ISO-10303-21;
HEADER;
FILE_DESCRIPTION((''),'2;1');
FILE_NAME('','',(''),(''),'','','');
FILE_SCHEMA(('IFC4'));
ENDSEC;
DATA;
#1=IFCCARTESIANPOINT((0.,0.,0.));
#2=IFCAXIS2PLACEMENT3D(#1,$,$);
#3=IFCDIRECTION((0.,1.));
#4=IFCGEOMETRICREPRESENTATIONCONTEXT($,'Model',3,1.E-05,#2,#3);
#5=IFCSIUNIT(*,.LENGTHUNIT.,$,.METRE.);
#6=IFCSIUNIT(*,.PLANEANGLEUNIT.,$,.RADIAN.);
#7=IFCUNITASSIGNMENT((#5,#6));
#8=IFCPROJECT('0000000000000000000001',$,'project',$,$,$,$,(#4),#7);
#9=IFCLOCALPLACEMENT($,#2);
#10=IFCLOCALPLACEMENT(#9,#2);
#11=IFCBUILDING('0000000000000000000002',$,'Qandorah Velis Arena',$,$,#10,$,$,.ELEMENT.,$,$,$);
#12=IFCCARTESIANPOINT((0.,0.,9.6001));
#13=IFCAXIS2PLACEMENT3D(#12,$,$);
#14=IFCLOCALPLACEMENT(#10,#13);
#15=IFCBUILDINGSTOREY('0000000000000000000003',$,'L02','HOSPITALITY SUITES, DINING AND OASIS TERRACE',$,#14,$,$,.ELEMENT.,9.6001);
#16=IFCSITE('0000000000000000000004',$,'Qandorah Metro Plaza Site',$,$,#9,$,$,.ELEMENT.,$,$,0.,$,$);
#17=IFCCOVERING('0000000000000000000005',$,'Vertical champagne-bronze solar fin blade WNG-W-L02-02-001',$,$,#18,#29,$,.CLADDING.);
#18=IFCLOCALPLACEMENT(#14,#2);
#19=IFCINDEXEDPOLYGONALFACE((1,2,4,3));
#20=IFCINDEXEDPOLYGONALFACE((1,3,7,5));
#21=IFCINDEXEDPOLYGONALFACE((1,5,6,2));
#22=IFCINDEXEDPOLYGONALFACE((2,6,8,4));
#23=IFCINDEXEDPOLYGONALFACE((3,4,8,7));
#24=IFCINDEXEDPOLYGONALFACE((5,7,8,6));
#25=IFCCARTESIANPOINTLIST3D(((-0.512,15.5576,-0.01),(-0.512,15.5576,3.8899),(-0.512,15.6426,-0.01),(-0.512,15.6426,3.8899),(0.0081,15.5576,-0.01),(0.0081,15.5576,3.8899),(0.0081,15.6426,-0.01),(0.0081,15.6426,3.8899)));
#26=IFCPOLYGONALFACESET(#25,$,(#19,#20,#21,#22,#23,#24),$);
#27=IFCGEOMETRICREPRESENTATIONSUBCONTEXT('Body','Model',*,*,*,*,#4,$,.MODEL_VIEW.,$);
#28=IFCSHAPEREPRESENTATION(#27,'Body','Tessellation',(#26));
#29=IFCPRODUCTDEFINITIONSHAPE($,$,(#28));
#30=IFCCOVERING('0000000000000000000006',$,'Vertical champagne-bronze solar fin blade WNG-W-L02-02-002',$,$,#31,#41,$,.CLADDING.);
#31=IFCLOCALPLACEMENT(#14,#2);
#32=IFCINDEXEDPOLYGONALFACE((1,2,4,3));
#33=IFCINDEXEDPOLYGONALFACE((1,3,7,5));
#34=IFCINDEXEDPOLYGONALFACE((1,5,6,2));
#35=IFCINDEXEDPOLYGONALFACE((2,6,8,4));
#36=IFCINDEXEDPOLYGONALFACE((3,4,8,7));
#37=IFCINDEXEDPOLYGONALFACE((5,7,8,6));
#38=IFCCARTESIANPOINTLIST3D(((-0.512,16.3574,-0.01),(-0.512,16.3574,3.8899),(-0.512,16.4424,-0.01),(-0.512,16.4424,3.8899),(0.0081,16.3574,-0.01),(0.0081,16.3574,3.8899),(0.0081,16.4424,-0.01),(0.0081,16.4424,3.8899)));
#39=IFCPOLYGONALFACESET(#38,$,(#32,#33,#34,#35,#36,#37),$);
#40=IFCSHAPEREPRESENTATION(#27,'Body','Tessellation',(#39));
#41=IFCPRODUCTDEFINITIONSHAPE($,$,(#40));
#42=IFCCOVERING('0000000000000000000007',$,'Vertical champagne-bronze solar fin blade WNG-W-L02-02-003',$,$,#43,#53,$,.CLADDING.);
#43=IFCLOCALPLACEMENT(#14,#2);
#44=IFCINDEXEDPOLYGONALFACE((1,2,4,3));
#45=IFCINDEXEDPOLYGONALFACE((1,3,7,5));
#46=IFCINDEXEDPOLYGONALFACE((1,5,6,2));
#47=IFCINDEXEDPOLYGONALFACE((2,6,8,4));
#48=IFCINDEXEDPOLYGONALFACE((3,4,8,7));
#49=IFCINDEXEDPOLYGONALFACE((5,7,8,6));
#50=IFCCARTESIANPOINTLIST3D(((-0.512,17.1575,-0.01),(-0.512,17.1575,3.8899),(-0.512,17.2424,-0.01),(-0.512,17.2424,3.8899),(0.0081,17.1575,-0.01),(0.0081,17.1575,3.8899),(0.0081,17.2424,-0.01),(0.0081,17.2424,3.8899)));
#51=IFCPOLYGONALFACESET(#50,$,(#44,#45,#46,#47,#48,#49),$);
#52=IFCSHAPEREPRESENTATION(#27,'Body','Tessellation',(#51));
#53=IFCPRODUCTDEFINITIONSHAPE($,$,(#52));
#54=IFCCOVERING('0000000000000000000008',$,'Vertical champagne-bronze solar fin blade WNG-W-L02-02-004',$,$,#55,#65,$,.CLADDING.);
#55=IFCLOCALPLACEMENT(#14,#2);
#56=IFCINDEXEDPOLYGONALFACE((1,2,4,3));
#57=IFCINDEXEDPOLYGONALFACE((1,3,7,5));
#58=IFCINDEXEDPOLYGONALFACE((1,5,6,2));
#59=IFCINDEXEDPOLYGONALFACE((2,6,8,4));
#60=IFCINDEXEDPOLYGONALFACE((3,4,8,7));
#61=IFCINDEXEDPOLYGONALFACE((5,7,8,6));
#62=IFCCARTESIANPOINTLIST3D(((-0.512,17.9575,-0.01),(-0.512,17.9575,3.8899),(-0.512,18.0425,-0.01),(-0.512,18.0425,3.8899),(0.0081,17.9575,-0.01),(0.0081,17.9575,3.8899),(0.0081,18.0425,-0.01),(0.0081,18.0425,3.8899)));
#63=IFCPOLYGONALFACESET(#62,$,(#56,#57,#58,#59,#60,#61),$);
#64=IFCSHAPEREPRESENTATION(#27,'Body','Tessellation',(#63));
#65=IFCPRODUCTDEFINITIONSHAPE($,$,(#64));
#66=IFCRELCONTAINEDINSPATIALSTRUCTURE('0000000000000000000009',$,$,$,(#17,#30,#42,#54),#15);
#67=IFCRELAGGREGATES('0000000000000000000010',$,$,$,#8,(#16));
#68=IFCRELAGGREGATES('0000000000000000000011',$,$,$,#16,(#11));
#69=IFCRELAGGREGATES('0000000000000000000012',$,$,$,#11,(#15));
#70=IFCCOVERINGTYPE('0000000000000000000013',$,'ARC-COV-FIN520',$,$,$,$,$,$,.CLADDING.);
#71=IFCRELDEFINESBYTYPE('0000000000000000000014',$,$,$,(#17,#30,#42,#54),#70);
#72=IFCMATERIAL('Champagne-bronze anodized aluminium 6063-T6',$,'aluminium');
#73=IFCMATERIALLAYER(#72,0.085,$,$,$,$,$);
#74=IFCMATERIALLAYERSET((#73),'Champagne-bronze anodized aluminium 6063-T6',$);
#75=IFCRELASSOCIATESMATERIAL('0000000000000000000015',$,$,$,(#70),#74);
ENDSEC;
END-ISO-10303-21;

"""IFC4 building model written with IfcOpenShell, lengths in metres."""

from ifc_helpers import new_model, si_unit, direction, frame, origin, origin_2d, place, context, subcontext, project, spatial, rectangle, extrude, material, layer, layer_set, type_object, element, save


model = new_model("IFC4")

# Units and contexts
model_context = context("Model", 3, precision=1e-05, world=origin(), true_north=direction((0.0, 1.0)))
body_context = subcontext(model_context, "Body", "Model", "MODEL_VIEW")
ifc_project = project(units=[si_unit("LENGTHUNIT", "METRE"), si_unit("PLANEANGLEUNIT", "RADIAN")], contexts=[model_context])

# Site, building, storey
site_placement = place(None, origin())
site = spatial("IfcSite", under=ifc_project, at=site_placement, Name="Qandorah Metro Plaza Site", CompositionType="ELEMENT", RefElevation=0.0)
building_placement = place(site_placement, origin())
building = spatial("IfcBuilding", under=site, at=building_placement, Name="Qandorah Velis Arena", CompositionType="ELEMENT")
storey_placement = place(building_placement, frame((0.0, 0.0, 9.6001)))
storey = spatial("IfcBuildingStorey", under=building, at=storey_placement, Name="L02", Description="HOSPITALITY SUITES, DINING AND OASIS TERRACE", CompositionType="ELEMENT", Elevation=9.6001)

# Shared definitions
ifc_material_1 = material(Name="Champagne-bronze anodized aluminium 6063-T6", Category="aluminium")

# Coverings
ifc_layer_1 = layer(ifc_material_1, 0.085)
ifc_layer_set_1 = layer_set([ifc_layer_1], Name="Champagne-bronze anodized aluminium 6063-T6")
covering_type = type_object("IfcCoveringType", Name="ARC-COV-FIN520", PredefinedType="CLADDING", material=ifc_layer_set_1)
for number, where, z_axis, x_axis, name in (
    (1, (-0.252, 15.6001, -0.01), (0.0, 0.0, 1.0), (1.0, 0.0, 0.0), "Vertical champagne-bronze solar fin blade WNG-W-L02-02-001"),
    (2, (-0.252, 16.3999, -0.01), (0.0, 0.0, 1.0), (1.0, 0.0, 0.0), "Vertical champagne-bronze solar fin blade WNG-W-L02-02-002"),
    (3, (-0.252, 17.2, -0.01), (0.0, 0.0, 1.0), (1.0, 0.0, 0.0), "Vertical champagne-bronze solar fin blade WNG-W-L02-02-003"),
    (4, (-0.252, 18.0, -0.01), (0.0, 0.0, 1.0), (1.0, 0.0, 0.0), "Vertical champagne-bronze solar fin blade WNG-W-L02-02-004"),
):
    element("IfcCovering", number, at=place(storey_placement, frame(where, z_axis=z_axis, x_axis=x_axis)), inside=storey, type_object=covering_type, Name=name, PredefinedType="CLADDING", context=body_context, shape_type="SweptSolid", body=[
        extrude(rectangle(XDim=0.52, YDim=0.085, at=origin_2d()), origin(), (0.0, 0.0, 1.0), 3.8999),
    ])

save(model, "model.ifc")
